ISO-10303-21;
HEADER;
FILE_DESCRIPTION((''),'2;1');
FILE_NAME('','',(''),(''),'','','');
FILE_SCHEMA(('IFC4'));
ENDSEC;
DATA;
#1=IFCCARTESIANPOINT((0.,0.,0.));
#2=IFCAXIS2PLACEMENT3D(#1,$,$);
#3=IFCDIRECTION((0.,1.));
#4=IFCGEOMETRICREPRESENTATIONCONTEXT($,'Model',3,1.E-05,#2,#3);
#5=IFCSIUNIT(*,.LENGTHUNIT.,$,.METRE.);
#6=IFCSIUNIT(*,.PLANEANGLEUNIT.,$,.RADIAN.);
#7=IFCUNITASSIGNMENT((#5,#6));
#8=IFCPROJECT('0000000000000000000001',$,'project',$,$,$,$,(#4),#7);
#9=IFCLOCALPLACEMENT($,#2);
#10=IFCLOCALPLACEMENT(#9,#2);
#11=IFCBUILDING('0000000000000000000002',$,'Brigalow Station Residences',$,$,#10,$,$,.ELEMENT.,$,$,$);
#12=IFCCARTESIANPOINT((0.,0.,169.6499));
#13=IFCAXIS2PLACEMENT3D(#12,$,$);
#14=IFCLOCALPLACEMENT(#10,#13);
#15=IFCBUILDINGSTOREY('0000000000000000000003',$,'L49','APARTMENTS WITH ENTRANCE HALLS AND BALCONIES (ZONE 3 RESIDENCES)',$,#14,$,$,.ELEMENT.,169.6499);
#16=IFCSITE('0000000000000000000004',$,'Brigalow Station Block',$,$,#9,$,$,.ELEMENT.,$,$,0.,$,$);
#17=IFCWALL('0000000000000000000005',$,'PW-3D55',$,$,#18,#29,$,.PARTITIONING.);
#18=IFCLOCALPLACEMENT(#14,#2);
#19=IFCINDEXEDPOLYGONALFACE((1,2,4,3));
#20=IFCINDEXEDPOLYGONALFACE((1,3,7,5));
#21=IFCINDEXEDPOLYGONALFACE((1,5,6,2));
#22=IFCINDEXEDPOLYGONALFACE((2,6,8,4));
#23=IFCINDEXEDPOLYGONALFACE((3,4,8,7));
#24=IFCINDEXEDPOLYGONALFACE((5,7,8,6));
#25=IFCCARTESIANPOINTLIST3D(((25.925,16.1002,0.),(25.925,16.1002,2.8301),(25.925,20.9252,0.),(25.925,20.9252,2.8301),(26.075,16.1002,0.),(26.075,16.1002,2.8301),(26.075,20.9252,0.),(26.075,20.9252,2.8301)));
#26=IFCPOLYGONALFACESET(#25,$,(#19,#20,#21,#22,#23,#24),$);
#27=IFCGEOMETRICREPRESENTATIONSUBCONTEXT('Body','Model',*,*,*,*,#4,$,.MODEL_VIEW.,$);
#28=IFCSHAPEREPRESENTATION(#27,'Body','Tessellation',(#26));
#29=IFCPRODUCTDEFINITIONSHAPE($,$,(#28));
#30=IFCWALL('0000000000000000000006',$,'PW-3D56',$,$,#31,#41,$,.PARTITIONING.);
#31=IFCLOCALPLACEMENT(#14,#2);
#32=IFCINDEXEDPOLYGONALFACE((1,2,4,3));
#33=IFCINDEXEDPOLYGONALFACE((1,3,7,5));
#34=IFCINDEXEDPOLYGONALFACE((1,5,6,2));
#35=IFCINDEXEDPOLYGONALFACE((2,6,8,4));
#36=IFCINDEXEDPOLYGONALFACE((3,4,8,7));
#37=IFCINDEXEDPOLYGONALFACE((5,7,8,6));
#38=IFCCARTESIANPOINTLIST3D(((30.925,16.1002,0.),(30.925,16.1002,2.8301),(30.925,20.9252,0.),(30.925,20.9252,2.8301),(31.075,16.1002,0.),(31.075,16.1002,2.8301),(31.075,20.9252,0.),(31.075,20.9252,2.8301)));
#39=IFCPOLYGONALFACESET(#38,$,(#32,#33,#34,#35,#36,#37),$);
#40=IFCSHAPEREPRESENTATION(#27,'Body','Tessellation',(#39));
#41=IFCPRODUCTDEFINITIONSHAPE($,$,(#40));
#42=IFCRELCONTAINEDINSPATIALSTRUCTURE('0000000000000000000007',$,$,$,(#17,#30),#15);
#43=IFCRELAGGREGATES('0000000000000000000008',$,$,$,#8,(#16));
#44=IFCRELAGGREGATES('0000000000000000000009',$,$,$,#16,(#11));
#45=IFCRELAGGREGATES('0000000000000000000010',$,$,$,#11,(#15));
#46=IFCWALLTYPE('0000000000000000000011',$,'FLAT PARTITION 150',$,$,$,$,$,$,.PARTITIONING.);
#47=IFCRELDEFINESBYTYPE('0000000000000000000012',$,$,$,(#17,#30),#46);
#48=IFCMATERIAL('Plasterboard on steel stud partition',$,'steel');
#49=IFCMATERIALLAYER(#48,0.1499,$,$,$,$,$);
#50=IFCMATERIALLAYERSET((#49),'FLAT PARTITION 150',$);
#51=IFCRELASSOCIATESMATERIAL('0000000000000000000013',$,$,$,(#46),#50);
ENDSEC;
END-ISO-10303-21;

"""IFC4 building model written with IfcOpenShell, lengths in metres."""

from ifc_helpers import new_model, si_unit, direction, frame, frame_2d, origin, place, context, subcontext, project, spatial, rectangle, extrude, material, layer, layer_set, type_object, element, save


model = new_model("IFC4")

# Units and contexts
model_context = context("Model", 3, precision=1e-05, world=origin(), true_north=direction((0.0, 1.0)))
body_context = subcontext(model_context, "Body", "Model", "MODEL_VIEW")
ifc_project = project(units=[si_unit("LENGTHUNIT", "METRE"), si_unit("PLANEANGLEUNIT", "RADIAN")], contexts=[model_context])

# Site, building, storey
site_placement = place(None, origin())
site = spatial("IfcSite", under=ifc_project, at=site_placement, Name="Brigalow Station Block", CompositionType="ELEMENT", RefElevation=0.0)
building_placement = place(site_placement, origin())
building = spatial("IfcBuilding", under=site, at=building_placement, Name="Brigalow Station Residences", CompositionType="ELEMENT")
storey_placement = place(building_placement, frame((0.0, 0.0, 169.6499)))
storey = spatial("IfcBuildingStorey", under=building, at=storey_placement, Name="L49", Description="APARTMENTS WITH ENTRANCE HALLS AND BALCONIES (ZONE 3 RESIDENCES)", CompositionType="ELEMENT", Elevation=169.6499)

# Shared definitions
ifc_material_1 = material(Name="Plasterboard on steel stud partition", Category="steel")
ifc_layer_1 = layer(ifc_material_1, 0.1499)
ifc_layer_set_1 = layer_set([ifc_layer_1], Name="FLAT PARTITION 150")
wall_type = type_object("IfcWallType", Name="FLAT PARTITION 150", PredefinedType="PARTITIONING", material=ifc_layer_set_1)

# Walls
for number, where, z_axis, x_axis, name in (
    (1, (26.0, 16.1001, 0.0), (0.0, 0.0, 1.0), (0.0, 1.0, 0.0), "PW-3D55"),
    (2, (31.0, 16.1001, 0.0), (0.0, 0.0, 1.0), (0.0, 1.0, 0.0), "PW-3D56"),
):
    element("IfcWall", number, at=place(storey_placement, frame(where, z_axis=z_axis, x_axis=x_axis)), inside=storey, type_object=wall_type, Name=name, PredefinedType="PARTITIONING", context=body_context, shape_type="SweptSolid", body=[
        extrude(rectangle(XDim=4.825, YDim=0.1499, at=frame_2d((2.4126, 0.0))), origin(), (0.0, 0.0, 1.0), 2.8301),
    ])

save(model, "model.ifc")
